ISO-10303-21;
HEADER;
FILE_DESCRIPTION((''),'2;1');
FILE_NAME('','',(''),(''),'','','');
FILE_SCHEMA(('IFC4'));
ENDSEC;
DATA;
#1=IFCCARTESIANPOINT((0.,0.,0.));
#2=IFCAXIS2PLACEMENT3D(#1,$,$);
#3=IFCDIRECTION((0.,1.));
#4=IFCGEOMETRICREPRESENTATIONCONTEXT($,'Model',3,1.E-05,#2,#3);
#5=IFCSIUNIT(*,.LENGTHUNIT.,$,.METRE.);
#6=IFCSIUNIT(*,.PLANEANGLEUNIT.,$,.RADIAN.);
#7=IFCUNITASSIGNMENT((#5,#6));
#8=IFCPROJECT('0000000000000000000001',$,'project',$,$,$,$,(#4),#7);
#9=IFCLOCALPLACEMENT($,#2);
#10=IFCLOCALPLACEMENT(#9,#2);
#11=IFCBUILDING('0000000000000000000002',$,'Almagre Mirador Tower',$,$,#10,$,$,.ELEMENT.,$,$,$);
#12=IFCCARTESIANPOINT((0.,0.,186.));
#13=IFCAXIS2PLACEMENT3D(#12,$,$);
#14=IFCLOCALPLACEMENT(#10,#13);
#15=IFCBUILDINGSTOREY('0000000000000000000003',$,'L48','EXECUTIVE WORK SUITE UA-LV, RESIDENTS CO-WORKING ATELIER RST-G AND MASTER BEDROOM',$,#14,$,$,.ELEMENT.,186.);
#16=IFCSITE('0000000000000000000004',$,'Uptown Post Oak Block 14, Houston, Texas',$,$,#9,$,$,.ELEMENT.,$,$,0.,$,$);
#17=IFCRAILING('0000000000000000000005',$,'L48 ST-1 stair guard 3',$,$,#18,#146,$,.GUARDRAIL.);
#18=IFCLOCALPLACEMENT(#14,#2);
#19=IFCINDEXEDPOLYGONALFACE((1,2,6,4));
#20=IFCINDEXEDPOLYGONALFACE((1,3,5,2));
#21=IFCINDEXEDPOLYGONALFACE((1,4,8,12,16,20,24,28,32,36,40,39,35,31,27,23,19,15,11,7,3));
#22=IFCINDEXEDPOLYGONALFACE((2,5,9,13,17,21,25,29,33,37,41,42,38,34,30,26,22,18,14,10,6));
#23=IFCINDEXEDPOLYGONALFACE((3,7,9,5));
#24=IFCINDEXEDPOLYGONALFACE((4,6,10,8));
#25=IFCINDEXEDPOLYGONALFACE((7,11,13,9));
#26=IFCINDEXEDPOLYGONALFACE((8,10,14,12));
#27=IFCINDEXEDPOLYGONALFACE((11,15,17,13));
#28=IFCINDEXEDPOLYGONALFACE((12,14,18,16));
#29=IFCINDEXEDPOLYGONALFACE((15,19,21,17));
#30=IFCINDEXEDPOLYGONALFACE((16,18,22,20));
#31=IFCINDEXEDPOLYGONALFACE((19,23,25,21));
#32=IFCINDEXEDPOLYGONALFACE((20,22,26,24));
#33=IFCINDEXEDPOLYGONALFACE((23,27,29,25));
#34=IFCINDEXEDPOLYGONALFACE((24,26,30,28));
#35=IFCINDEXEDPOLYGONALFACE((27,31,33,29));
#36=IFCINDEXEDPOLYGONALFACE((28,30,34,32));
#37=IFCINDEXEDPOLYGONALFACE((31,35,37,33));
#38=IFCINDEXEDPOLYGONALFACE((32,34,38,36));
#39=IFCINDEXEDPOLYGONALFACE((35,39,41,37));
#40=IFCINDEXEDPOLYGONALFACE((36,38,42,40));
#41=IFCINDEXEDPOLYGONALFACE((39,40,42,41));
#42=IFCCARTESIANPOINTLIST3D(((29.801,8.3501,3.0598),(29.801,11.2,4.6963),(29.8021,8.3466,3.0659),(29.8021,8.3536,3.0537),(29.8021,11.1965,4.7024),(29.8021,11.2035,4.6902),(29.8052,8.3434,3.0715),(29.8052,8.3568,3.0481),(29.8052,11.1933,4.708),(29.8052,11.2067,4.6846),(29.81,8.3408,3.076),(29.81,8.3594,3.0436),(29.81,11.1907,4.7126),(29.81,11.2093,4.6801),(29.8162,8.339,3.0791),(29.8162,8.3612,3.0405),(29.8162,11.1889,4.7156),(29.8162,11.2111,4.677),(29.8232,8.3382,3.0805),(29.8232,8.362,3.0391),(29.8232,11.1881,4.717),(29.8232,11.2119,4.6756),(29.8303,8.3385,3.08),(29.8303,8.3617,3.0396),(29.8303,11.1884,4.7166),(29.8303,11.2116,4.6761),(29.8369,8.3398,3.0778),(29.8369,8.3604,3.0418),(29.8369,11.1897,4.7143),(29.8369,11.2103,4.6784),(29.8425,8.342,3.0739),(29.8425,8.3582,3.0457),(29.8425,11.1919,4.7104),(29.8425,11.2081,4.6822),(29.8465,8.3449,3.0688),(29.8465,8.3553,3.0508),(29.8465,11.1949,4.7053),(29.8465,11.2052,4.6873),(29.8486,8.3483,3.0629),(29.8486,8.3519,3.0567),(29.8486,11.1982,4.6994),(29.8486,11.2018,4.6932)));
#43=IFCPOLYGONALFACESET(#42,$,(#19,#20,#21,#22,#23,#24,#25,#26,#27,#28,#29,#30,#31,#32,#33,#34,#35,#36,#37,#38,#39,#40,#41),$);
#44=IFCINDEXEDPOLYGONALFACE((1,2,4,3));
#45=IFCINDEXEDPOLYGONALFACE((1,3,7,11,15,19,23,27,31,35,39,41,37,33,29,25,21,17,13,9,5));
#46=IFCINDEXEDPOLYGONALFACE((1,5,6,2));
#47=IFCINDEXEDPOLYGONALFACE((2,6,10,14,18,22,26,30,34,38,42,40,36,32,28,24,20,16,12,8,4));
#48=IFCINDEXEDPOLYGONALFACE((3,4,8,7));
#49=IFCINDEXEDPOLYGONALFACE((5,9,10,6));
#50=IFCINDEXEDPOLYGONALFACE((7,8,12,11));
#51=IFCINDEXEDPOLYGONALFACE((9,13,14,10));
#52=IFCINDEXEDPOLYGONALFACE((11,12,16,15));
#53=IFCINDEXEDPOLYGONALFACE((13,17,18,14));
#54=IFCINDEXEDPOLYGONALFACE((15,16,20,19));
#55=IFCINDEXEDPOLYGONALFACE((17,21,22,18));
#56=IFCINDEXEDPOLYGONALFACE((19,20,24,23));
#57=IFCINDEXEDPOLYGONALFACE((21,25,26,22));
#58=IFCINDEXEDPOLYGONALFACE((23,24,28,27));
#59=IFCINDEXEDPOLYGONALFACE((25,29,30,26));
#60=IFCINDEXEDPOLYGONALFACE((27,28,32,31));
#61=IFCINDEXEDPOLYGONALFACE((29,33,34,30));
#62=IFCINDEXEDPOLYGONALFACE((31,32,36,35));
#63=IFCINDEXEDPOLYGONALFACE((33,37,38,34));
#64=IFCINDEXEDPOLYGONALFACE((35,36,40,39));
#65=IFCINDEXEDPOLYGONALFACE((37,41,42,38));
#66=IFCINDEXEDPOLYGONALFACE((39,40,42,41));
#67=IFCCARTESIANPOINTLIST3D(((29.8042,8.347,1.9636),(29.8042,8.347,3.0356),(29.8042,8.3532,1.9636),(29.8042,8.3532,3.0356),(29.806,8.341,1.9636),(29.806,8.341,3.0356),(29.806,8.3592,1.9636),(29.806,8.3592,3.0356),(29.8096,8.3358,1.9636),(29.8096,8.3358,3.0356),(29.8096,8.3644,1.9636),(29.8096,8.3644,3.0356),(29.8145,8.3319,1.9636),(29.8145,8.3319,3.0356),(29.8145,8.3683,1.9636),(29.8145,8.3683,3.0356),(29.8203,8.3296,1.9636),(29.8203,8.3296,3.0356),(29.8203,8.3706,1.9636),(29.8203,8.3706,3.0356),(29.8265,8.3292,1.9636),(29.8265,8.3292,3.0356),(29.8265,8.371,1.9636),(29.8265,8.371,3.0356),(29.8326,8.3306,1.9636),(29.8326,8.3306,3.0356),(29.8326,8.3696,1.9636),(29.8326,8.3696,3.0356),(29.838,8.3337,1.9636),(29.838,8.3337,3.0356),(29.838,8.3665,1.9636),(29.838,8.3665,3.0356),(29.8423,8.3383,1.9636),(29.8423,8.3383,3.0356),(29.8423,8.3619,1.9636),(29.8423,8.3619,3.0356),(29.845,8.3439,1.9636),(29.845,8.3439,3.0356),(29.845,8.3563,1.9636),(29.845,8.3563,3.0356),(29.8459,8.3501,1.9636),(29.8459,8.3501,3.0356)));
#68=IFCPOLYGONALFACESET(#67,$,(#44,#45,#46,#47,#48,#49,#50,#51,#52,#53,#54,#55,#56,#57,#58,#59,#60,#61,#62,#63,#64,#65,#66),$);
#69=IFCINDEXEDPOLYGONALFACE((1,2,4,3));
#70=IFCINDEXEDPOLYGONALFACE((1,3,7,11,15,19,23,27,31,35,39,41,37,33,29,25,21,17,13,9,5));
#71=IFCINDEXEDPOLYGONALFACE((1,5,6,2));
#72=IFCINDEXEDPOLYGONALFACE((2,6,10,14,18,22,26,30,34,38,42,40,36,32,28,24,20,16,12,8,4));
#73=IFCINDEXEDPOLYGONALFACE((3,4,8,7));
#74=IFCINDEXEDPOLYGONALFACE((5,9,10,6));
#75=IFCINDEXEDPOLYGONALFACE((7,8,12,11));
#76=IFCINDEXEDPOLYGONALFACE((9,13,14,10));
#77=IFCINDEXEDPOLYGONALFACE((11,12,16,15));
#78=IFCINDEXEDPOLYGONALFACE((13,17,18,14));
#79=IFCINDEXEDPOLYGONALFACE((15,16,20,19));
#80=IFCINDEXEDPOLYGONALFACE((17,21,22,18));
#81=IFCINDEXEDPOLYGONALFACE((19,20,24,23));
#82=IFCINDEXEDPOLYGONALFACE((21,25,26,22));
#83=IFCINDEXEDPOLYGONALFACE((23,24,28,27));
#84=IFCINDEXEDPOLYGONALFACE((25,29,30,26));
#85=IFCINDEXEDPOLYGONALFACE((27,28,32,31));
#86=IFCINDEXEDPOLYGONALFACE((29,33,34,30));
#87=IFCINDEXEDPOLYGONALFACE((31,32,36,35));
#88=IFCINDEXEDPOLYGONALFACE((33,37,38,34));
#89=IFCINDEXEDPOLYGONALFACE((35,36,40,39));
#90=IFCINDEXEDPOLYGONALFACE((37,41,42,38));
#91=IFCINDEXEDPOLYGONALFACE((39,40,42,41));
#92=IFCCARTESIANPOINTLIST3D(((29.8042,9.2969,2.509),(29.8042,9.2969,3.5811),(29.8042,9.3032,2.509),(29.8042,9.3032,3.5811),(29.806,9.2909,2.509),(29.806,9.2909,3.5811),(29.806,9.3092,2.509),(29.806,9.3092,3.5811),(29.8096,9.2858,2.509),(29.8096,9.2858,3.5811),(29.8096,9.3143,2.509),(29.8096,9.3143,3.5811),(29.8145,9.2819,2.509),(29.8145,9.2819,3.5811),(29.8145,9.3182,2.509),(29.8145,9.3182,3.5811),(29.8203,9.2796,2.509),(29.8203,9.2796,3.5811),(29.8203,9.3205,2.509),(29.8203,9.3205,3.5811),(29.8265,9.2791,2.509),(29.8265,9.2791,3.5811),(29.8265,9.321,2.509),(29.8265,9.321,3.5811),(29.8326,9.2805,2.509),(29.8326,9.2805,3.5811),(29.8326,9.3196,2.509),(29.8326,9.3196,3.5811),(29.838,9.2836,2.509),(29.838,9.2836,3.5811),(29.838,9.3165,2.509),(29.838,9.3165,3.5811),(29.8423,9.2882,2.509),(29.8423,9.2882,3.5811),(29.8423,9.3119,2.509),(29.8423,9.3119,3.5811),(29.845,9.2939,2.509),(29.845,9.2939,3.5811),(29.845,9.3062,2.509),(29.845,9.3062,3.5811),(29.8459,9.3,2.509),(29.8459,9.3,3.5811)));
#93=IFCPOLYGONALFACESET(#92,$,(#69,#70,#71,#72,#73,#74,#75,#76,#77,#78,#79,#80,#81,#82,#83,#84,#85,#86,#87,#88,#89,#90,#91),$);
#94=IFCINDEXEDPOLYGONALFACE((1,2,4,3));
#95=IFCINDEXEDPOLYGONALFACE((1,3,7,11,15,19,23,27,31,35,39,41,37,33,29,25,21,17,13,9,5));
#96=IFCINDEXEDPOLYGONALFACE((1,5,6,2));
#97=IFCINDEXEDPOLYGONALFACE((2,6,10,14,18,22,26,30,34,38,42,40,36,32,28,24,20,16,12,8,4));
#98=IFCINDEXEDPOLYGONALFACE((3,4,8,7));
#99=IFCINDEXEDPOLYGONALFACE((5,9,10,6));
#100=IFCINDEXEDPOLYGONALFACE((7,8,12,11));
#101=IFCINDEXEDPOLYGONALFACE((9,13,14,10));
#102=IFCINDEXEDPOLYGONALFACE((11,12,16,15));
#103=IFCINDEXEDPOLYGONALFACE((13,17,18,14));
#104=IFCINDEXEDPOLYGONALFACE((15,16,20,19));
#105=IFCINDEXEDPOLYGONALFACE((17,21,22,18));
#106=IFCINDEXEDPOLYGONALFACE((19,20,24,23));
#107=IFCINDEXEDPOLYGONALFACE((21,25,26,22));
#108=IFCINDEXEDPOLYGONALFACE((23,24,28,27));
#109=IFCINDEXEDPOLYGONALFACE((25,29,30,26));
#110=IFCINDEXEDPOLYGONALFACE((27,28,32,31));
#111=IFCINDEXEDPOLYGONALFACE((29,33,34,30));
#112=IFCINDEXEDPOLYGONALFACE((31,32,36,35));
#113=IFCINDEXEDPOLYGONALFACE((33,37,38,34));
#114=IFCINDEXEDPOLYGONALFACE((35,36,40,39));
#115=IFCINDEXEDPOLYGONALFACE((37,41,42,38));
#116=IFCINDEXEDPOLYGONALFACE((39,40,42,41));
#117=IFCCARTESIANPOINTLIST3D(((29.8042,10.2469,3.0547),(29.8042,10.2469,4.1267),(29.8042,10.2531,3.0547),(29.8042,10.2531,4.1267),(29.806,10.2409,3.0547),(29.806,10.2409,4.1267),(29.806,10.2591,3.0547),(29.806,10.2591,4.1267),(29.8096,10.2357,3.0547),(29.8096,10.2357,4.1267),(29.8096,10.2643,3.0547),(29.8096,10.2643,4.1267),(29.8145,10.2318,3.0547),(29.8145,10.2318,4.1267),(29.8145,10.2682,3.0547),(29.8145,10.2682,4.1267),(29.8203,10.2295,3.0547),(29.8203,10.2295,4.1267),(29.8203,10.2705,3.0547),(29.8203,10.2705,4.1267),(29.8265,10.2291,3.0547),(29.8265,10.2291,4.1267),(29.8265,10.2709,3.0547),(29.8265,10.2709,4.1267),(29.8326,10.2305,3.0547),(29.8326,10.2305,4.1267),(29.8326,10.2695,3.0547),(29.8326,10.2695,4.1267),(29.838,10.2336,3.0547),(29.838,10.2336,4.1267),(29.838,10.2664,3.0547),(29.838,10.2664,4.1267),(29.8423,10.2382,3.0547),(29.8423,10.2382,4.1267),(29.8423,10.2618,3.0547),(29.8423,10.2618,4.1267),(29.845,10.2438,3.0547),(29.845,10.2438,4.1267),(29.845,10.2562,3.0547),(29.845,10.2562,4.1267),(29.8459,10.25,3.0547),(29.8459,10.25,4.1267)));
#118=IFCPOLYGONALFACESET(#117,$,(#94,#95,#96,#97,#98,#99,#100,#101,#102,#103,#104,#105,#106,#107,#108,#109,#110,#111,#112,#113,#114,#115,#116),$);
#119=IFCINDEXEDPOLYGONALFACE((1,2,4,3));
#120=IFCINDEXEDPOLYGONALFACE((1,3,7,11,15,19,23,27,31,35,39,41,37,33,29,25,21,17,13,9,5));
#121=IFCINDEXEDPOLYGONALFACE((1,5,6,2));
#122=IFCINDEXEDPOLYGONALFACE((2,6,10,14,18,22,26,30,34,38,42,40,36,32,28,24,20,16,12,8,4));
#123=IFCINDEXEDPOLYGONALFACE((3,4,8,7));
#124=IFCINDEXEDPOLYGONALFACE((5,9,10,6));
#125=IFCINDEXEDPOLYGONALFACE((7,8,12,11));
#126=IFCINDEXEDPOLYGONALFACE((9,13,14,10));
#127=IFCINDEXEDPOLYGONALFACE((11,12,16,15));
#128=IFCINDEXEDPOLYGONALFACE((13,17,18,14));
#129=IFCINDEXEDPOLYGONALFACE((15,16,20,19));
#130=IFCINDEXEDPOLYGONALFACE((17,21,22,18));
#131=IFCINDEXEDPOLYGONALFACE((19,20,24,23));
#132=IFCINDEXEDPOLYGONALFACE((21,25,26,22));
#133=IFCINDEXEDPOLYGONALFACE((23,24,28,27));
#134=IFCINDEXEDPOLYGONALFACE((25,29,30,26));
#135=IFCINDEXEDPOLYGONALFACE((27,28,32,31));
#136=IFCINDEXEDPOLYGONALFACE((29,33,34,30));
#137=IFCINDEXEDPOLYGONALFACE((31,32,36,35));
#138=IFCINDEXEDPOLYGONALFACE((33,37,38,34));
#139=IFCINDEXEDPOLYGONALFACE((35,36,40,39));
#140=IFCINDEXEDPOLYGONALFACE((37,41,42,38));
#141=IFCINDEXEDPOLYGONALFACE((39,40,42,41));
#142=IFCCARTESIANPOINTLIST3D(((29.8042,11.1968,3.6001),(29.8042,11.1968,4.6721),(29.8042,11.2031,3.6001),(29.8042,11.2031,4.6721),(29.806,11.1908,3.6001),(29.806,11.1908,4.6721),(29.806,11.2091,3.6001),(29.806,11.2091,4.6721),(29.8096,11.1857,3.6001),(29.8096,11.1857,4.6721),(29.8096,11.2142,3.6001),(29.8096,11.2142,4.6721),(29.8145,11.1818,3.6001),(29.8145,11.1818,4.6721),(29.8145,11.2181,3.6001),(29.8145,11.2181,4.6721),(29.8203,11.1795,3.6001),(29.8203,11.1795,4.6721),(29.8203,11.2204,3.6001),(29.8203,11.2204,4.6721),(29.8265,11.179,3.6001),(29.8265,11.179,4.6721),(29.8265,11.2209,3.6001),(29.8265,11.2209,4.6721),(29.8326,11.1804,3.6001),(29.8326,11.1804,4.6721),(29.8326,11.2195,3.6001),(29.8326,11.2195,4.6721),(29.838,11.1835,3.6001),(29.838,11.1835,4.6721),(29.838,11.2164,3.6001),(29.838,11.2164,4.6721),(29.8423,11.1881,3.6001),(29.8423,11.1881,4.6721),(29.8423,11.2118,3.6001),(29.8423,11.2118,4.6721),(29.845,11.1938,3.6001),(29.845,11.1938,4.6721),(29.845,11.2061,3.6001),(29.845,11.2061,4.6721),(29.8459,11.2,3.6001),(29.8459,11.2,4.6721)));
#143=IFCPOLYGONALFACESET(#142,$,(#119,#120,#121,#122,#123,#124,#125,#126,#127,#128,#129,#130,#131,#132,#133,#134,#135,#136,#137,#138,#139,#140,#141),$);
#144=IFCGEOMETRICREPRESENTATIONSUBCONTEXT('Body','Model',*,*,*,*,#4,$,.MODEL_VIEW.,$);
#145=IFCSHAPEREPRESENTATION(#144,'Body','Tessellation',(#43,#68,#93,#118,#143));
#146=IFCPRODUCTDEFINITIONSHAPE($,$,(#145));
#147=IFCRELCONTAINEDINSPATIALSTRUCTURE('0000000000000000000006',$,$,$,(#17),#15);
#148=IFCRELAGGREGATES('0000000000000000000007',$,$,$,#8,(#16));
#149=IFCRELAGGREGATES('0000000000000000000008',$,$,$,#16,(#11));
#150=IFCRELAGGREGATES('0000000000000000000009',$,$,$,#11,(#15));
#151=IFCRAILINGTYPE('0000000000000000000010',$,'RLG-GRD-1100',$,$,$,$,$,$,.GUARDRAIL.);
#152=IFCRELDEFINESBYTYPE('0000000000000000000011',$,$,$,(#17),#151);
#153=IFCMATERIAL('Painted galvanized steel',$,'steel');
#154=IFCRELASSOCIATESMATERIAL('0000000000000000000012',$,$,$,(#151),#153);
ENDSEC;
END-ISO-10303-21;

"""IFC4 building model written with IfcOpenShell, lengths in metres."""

from ifc_helpers import new_model, si_unit, direction, frame, origin, origin_2d, place, context, subcontext, project, spatial, circle, extrude, material, type_object, element, save


model = new_model("IFC4")

# Units and contexts
model_context = context("Model", 3, precision=1e-05, world=origin(), true_north=direction((0.0, 1.0)))
body_context = subcontext(model_context, "Body", "Model", "MODEL_VIEW")
ifc_project = project(units=[si_unit("LENGTHUNIT", "METRE"), si_unit("PLANEANGLEUNIT", "RADIAN")], contexts=[model_context])

# Site, building, storey
site_placement = place(None, origin())
site = spatial("IfcSite", under=ifc_project, at=site_placement, Name="Uptown Post Oak Block 14, Houston, Texas", CompositionType="ELEMENT", RefElevation=0.0)
building_placement = place(site_placement, origin())
building = spatial("IfcBuilding", under=site, at=building_placement, Name="Almagre Mirador Tower", CompositionType="ELEMENT")
storey_placement = place(building_placement, frame((0.0, 0.0, 186.0)))
storey = spatial("IfcBuildingStorey", under=building, at=storey_placement, Name="L48", Description="EXECUTIVE WORK SUITE UA-LV, RESIDENTS CO-WORKING ATELIER RST-G AND MASTER BEDROOM", CompositionType="ELEMENT", Elevation=186.0)

# Railing
ifc_material_1 = material(Name="Painted galvanized steel", Category="steel")
railing_type_1 = type_object("IfcRailingType", Name="RLG-GRD-1100", PredefinedType="GUARDRAIL", material=ifc_material_1)
railing_1_placement = place(storey_placement, frame((29.825, 8.3501, 1.9636)))
element("IfcRailing", 1, at=railing_1_placement, inside=storey, type_object=railing_type_1, Name="L48 ST-1 stair guard 3", PredefinedType="GUARDRAIL", context=body_context, shape_type="SweptSolid", body=[
    extrude(circle(Radius=0.0239, at=origin_2d()), frame((0.0, 0.0, 1.0962), z_axis=(0.0, 0.867194, 0.49797), x_axis=(-1.0, 0.0, 0.0)), (0.0, 0.0, 1.0), 3.2864),
    extrude(circle(Radius=0.021, at=origin_2d()), origin(), (0.0, 0.0, 1.0), 1.072),
    extrude(circle(Radius=0.021, at=origin_2d()), frame((0.0, 0.95, 0.5454)), (0.0, 0.0, 1.0), 1.072),
    extrude(circle(Radius=0.021, at=origin_2d()), frame((0.0, 1.8999, 1.0911)), (0.0, 0.0, 1.0), 1.072),
    extrude(circle(Radius=0.021, at=origin_2d()), frame((0.0, 2.8499, 1.6365)), (0.0, 0.0, 1.0), 1.072),
])

save(model, "model.ifc")
